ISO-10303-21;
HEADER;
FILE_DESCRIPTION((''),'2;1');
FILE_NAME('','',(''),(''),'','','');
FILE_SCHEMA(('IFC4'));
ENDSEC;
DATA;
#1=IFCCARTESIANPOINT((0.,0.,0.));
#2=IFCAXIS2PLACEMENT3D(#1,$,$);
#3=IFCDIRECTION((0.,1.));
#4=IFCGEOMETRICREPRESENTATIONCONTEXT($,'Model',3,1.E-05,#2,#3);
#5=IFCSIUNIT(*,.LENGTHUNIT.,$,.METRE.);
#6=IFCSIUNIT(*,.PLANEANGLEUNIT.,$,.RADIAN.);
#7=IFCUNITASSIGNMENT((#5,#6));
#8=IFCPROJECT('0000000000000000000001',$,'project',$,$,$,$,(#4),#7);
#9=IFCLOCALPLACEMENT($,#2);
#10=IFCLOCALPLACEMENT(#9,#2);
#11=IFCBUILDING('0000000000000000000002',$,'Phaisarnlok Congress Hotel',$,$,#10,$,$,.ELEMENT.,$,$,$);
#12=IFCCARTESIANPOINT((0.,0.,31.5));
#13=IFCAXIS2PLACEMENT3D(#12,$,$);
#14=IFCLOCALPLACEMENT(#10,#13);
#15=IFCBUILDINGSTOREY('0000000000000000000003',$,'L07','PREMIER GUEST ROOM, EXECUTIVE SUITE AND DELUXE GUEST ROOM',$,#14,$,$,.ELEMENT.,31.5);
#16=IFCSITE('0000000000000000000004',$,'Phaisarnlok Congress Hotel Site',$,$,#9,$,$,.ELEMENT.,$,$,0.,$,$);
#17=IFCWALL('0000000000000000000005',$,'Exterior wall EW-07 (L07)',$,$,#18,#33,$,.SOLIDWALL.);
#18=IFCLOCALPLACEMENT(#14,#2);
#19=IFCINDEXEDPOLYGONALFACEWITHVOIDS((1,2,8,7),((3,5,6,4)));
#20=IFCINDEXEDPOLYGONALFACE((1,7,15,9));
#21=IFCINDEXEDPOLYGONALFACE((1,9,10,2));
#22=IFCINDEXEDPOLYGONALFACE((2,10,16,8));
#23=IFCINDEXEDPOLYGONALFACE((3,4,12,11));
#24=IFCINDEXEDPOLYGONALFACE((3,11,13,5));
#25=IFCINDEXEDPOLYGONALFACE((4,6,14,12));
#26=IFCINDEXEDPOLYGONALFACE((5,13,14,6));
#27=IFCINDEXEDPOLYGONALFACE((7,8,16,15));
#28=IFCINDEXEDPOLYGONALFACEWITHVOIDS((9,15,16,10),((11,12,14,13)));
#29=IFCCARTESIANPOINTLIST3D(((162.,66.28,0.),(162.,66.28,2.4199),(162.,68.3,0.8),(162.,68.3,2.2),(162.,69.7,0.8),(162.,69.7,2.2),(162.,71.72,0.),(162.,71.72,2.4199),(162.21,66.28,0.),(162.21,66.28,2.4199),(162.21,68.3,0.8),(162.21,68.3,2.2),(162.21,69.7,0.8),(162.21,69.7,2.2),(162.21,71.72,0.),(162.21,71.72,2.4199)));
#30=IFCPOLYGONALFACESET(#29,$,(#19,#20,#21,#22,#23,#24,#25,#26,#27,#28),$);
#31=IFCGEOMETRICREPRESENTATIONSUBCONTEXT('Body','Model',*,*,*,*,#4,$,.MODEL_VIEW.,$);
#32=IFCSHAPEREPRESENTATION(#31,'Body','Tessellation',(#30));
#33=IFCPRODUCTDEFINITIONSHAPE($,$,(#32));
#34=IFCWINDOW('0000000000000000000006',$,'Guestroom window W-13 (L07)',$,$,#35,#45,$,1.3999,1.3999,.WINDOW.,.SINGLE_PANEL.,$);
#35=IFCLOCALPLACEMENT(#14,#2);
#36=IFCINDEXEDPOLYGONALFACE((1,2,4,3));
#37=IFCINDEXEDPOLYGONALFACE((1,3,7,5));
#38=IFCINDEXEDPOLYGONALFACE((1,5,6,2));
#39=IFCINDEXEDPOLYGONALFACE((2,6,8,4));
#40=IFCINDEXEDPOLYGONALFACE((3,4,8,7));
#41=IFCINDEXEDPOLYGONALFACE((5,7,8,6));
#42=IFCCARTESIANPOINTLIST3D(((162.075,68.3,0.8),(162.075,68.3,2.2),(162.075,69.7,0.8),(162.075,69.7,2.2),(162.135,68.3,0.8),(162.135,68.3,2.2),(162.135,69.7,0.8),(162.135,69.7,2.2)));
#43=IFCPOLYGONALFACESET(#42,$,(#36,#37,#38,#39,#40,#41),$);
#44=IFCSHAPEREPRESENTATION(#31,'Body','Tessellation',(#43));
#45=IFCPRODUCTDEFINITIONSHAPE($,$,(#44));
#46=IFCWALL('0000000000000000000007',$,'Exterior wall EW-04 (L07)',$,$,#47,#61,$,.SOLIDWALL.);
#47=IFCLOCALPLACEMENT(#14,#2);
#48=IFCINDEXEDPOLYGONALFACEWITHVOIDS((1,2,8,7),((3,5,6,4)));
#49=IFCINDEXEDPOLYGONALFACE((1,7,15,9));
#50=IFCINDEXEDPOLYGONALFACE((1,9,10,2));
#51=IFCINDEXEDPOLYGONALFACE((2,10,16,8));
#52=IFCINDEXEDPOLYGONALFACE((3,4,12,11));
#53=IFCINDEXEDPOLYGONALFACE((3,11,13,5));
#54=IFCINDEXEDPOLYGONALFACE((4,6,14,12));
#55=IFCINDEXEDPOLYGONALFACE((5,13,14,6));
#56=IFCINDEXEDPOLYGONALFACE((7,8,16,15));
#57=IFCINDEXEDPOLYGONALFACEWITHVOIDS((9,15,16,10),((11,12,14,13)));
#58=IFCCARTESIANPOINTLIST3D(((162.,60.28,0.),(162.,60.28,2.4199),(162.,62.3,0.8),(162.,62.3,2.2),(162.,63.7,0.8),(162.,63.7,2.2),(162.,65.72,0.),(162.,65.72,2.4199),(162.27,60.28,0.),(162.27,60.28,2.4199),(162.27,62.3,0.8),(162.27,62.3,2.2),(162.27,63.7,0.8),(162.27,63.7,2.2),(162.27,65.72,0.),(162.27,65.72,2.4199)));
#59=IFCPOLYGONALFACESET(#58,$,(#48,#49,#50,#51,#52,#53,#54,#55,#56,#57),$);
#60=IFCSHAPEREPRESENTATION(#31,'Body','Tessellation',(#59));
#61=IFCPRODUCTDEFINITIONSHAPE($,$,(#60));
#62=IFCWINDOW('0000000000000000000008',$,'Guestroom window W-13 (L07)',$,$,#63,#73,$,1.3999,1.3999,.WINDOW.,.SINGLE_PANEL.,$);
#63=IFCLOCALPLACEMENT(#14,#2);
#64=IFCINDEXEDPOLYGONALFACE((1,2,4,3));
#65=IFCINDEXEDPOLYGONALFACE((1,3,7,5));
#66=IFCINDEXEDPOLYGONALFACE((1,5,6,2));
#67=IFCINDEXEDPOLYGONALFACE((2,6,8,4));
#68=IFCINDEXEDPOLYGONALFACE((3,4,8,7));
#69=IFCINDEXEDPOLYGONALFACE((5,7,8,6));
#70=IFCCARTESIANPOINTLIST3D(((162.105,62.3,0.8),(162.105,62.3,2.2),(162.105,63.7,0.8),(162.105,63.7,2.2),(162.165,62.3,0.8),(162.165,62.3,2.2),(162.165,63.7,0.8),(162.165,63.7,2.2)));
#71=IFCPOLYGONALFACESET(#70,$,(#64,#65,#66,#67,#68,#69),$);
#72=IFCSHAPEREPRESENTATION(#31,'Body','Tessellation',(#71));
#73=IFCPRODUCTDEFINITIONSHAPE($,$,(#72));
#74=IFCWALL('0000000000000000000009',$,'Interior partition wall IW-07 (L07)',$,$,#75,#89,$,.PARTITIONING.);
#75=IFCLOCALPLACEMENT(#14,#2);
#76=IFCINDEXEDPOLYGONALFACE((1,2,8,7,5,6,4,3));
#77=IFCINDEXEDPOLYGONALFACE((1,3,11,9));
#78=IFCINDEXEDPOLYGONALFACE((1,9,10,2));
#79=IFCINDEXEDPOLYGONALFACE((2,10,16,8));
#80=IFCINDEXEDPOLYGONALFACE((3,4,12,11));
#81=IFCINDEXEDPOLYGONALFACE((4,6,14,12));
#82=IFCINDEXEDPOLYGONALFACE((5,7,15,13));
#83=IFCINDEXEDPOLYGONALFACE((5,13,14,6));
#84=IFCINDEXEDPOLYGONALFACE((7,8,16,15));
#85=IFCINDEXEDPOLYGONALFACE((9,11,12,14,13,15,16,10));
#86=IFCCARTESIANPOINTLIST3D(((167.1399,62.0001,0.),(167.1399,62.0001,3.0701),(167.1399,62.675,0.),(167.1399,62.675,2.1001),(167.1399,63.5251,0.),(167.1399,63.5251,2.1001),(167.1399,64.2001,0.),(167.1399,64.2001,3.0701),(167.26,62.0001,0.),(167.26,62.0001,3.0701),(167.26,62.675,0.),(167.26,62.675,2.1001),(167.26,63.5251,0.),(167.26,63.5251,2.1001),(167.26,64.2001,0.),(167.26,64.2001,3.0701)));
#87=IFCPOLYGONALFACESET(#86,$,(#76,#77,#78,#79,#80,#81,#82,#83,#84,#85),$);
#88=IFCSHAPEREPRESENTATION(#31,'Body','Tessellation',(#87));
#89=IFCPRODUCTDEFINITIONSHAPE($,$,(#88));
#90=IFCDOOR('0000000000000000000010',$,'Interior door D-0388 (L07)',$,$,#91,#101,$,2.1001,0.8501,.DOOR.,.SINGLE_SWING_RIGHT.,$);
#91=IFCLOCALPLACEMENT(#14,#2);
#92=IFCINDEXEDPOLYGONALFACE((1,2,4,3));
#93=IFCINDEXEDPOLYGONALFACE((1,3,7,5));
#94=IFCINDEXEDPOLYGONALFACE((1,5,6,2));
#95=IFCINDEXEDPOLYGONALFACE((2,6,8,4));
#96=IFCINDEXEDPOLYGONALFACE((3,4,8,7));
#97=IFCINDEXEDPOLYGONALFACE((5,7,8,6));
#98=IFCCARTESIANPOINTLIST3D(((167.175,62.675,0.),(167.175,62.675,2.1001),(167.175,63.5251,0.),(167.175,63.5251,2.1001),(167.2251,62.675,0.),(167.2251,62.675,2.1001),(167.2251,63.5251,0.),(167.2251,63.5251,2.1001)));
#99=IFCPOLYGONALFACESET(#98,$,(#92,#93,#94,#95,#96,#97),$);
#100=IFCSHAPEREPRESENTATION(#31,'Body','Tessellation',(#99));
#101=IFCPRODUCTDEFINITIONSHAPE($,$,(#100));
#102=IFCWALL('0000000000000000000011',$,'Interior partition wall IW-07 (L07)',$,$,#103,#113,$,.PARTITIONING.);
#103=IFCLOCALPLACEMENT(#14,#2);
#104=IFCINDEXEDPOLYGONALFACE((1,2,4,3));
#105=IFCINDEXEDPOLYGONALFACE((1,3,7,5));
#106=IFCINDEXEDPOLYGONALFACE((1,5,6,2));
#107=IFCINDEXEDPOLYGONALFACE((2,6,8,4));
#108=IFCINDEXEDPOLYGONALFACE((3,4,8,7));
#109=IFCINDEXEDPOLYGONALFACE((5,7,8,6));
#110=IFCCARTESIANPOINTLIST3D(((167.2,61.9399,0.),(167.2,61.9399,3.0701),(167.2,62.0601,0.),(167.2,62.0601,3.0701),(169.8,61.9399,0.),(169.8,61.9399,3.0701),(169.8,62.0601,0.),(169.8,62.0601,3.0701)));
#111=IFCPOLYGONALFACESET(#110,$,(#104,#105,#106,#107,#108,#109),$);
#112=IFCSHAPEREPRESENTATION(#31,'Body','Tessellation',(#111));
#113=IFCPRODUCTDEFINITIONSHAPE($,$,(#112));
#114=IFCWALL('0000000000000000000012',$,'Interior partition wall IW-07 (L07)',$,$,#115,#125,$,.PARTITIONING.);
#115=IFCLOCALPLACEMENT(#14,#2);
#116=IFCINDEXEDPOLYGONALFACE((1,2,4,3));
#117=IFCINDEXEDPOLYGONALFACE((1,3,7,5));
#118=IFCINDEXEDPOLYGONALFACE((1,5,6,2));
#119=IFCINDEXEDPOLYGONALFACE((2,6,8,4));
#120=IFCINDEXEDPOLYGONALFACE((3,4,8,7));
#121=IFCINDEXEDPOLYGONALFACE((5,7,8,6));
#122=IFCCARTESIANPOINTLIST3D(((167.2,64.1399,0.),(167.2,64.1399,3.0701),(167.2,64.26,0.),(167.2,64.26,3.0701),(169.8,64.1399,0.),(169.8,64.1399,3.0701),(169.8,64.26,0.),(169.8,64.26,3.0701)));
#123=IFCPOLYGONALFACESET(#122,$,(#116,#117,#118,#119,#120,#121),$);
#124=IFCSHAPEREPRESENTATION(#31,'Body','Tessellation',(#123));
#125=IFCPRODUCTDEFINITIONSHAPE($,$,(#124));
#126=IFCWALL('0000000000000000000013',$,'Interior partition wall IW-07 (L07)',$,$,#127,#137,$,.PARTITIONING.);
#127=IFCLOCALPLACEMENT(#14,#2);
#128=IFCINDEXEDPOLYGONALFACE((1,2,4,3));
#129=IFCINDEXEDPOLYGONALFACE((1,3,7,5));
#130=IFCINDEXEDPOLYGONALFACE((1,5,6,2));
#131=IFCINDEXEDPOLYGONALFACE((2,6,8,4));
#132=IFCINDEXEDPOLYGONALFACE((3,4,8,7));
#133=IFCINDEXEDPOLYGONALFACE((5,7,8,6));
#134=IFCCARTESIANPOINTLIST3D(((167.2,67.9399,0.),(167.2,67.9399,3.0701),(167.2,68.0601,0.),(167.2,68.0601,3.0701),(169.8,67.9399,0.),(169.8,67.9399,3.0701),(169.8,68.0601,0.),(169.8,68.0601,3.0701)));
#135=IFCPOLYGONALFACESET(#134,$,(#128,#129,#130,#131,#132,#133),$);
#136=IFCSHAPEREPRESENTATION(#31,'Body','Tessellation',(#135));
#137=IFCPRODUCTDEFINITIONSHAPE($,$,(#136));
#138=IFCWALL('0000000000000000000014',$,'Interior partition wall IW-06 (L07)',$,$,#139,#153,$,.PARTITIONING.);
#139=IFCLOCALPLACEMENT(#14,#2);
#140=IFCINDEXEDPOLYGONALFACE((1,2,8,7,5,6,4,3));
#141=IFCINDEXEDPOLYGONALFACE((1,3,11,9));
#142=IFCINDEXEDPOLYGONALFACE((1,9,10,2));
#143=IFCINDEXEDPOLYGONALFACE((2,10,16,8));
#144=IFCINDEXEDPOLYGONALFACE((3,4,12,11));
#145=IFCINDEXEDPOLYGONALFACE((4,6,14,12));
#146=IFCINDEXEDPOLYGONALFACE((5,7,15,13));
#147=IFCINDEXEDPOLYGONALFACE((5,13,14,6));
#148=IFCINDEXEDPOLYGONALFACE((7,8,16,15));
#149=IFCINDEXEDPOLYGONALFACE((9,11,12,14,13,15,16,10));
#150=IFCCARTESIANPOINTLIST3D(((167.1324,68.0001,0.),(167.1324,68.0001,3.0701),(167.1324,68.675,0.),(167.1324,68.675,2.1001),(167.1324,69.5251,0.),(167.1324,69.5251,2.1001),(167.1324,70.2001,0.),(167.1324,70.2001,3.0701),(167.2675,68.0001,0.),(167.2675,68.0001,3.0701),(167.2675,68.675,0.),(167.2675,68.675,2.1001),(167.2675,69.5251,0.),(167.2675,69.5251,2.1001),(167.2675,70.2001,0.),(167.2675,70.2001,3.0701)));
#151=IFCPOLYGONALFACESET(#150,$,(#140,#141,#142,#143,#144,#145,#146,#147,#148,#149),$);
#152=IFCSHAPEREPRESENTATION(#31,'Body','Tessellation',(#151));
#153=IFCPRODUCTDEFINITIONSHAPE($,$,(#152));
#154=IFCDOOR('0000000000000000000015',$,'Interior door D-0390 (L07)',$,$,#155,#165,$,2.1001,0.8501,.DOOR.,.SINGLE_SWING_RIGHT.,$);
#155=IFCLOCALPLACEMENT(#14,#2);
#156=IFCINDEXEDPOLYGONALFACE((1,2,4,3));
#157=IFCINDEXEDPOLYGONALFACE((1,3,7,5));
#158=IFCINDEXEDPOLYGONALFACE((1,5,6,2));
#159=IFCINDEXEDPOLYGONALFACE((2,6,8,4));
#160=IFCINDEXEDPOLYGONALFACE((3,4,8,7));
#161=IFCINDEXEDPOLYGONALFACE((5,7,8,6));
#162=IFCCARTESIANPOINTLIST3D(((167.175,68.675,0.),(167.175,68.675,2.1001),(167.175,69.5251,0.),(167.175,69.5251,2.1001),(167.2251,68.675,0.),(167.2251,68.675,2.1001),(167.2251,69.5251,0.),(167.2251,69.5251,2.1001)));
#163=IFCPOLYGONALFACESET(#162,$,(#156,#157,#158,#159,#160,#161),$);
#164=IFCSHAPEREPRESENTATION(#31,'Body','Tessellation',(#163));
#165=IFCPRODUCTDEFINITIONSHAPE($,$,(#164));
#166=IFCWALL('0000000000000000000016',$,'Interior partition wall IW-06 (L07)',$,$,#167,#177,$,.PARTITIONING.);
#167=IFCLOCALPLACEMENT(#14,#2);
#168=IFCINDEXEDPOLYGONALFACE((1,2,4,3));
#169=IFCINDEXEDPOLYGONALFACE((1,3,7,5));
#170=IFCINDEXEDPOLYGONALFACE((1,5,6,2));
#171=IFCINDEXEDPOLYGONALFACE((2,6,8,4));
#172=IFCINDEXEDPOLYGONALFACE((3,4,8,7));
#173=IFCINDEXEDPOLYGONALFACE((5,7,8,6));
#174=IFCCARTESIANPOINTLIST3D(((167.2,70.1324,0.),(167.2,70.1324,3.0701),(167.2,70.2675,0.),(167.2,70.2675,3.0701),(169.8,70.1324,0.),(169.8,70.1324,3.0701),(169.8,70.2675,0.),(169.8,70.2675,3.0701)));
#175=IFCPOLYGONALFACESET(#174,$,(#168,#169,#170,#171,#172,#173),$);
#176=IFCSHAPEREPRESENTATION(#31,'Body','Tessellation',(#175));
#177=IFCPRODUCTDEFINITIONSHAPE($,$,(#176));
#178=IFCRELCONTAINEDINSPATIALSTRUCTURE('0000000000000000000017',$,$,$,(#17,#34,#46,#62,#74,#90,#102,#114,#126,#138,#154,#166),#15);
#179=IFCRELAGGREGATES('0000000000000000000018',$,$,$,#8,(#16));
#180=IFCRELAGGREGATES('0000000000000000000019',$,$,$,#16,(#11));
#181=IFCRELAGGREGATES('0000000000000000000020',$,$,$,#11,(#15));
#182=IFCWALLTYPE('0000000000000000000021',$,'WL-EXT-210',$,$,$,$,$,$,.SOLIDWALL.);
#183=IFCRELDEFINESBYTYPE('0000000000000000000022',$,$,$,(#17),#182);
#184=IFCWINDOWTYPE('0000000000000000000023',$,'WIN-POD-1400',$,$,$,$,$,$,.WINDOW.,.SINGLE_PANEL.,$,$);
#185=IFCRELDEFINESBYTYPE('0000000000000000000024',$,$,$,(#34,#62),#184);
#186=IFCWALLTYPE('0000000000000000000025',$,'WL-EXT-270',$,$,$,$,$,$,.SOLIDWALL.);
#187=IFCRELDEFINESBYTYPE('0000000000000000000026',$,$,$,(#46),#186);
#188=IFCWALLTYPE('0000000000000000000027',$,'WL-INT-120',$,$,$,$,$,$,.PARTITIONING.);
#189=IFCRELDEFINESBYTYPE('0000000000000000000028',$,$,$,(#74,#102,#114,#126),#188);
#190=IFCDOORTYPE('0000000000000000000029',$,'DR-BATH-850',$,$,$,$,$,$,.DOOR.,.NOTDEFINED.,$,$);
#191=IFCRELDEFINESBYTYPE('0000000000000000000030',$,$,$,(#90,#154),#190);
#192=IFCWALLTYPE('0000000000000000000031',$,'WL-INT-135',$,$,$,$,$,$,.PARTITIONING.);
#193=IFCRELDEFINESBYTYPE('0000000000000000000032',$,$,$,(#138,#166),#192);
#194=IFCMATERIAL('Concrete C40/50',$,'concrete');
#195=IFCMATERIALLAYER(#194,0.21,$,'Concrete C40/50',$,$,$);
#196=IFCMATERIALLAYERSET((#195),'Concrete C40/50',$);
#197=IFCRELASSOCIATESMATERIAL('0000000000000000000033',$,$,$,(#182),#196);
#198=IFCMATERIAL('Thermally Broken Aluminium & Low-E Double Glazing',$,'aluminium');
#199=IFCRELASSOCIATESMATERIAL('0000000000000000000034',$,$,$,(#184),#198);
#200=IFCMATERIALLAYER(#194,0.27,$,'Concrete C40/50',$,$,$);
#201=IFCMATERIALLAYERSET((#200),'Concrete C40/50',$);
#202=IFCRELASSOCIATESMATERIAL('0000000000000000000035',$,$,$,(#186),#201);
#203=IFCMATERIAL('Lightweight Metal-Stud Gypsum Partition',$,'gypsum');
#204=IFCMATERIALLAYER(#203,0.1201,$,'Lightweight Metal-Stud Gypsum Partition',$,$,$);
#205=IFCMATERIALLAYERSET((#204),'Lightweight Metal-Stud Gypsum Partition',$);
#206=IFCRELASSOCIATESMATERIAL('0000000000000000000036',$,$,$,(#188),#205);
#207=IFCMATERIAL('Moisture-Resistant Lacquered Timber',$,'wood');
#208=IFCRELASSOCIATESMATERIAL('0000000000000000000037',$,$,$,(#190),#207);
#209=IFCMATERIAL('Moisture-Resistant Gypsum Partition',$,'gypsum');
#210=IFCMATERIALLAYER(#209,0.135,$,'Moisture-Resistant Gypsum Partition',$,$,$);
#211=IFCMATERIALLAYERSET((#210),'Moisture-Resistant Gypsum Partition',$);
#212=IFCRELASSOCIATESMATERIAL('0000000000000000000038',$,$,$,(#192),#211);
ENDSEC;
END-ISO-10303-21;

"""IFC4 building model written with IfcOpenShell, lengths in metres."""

from ifc_helpers import new_model, si_unit, direction, frame, frame_2d, origin, place, context, subcontext, project, spatial, rectangle, extrude, material, layer, layer_set, type_object, element, fill, save


model = new_model("IFC4")

# Units and contexts
model_context = context("Model", 3, precision=1e-05, world=origin(), true_north=direction((0.0, 1.0)))
body_context = subcontext(model_context, "Body", "Model", "MODEL_VIEW")
ifc_project = project(units=[si_unit("LENGTHUNIT", "METRE"), si_unit("PLANEANGLEUNIT", "RADIAN")], contexts=[model_context])

# Site, building, storey
site_placement = place(None, origin())
site = spatial("IfcSite", under=ifc_project, at=site_placement, Name="Phaisarnlok Congress Hotel Site", CompositionType="ELEMENT", RefElevation=0.0)
building_placement = place(site_placement, origin())
building = spatial("IfcBuilding", under=site, at=building_placement, Name="Phaisarnlok Congress Hotel", CompositionType="ELEMENT")
storey_placement = place(building_placement, frame((0.0, 0.0, 31.5)))
storey = spatial("IfcBuildingStorey", under=building, at=storey_placement, Name="L07", Description="PREMIER GUEST ROOM, EXECUTIVE SUITE AND DELUXE GUEST ROOM", CompositionType="ELEMENT", Elevation=31.5)

# Shared definitions
ifc_material_1 = material(Name="Concrete C40/50", Category="concrete")

# Walls, openings, windows
ifc_layer_1 = layer(ifc_material_1, 0.21, Name="Concrete C40/50")
ifc_layer_set_1 = layer_set([ifc_layer_1], Name="Concrete C40/50")
wall_type_1 = type_object("IfcWallType", Name="WL-EXT-210", PredefinedType="SOLIDWALL", material=ifc_layer_set_1)
wall_1_placement = place(storey_placement, frame((162.105, 71.72, 0.0), z_axis=(0.0, 0.0, 1.0), x_axis=(0.0, -1.0, 0.0)))
wall_1 = element("IfcWall", 1, at=wall_1_placement, inside=storey, type_object=wall_type_1, Name="Exterior wall EW-07 (L07)", PredefinedType="SOLIDWALL", context=body_context, shape_type="SweptSolid", body=[
    extrude(rectangle(XDim=5.4399, YDim=0.21, at=frame_2d((2.72, 0.0))), origin(), (0.0, 0.0, 1.0), 2.4199),
])
opening_1_placement = place(wall_1_placement, frame((2.02, 0.0, 0.8)))
opening_1 = element("IfcOpeningElement", 2, at=opening_1_placement, cuts=wall_1, PredefinedType="OPENING", context=body_context, shape_type="SweptSolid", body=[
    extrude(rectangle(XDim=1.3999, YDim=1.3999, at=frame_2d((0.7, 0.7))), frame((0.0, 0.115, 0.0), z_axis=(0.0, -1.0, 0.0), x_axis=(1.0, 0.0, 0.0)), (0.0, 0.0, 1.0), 0.23),
])
ifc_material_2 = material(Name="Thermally Broken Aluminium & Low-E Double Glazing", Category="aluminium")
window_type = type_object("IfcWindowType", Name="WIN-POD-1400", PartitioningType="SINGLE_PANEL", PredefinedType="WINDOW", material=ifc_material_2)
window_1_placement = place(opening_1_placement, origin())
window_1 = element("IfcWindow", 3, at=window_1_placement, inside=storey, type_object=window_type, Name="Guestroom window W-13 (L07)", OverallHeight=1.3999, OverallWidth=1.3999, PartitioningType="SINGLE_PANEL", PredefinedType="WINDOW", context=body_context, shape_type="SweptSolid", body=[
    extrude(rectangle(XDim=1.3999, YDim=1.3999, at=frame_2d((0.7, 0.7))), frame((0.0, 0.03, 0.0), z_axis=(0.0, -1.0, 0.0), x_axis=(1.0, 0.0, 0.0)), (0.0, 0.0, 1.0), 0.0601),
])
fill(opening_1, window_1)
ifc_layer_2 = layer(ifc_material_1, 0.27, Name="Concrete C40/50")
ifc_layer_set_2 = layer_set([ifc_layer_2], Name="Concrete C40/50")
wall_type_2 = type_object("IfcWallType", Name="WL-EXT-270", PredefinedType="SOLIDWALL", material=ifc_layer_set_2)
wall_2_placement = place(storey_placement, frame((162.135, 65.72, 0.0), z_axis=(0.0, 0.0, 1.0), x_axis=(0.0, -1.0, 0.0)))
wall_2 = element("IfcWall", 4, at=wall_2_placement, inside=storey, type_object=wall_type_2, Name="Exterior wall EW-04 (L07)", PredefinedType="SOLIDWALL", context=body_context, shape_type="SweptSolid", body=[
    extrude(rectangle(XDim=5.4399, YDim=0.27, at=frame_2d((2.72, 0.0))), origin(), (0.0, 0.0, 1.0), 2.4199),
])
opening_2_placement = place(wall_2_placement, frame((2.02, 0.0, 0.8)))
opening_2 = element("IfcOpeningElement", 5, at=opening_2_placement, cuts=wall_2, PredefinedType="OPENING", context=body_context, shape_type="SweptSolid", body=[
    extrude(rectangle(XDim=1.3999, YDim=1.3999, at=frame_2d((0.7, 0.7))), frame((0.0, 0.145, 0.0), z_axis=(0.0, -1.0, 0.0), x_axis=(1.0, 0.0, 0.0)), (0.0, 0.0, 1.0), 0.29),
])
window_2_placement = place(opening_2_placement, origin())
window_2 = element("IfcWindow", 6, at=window_2_placement, inside=storey, type_object=window_type, Name="Guestroom window W-13 (L07)", OverallHeight=1.3999, OverallWidth=1.3999, PartitioningType="SINGLE_PANEL", PredefinedType="WINDOW", context=body_context, shape_type="SweptSolid", body=[
    extrude(rectangle(XDim=1.3999, YDim=1.3999, at=frame_2d((0.7, 0.7))), frame((0.0, 0.03, 0.0), z_axis=(0.0, -1.0, 0.0), x_axis=(1.0, 0.0, 0.0)), (0.0, 0.0, 1.0), 0.0601),
])
fill(opening_2, window_2)

# Wall, opening, door
ifc_material_3 = material(Name="Lightweight Metal-Stud Gypsum Partition", Category="gypsum")
ifc_layer_3 = layer(ifc_material_3, 0.1201, Name="Lightweight Metal-Stud Gypsum Partition")
ifc_layer_set_3 = layer_set([ifc_layer_3], Name="Lightweight Metal-Stud Gypsum Partition")
wall_type_3 = type_object("IfcWallType", Name="WL-INT-120", PredefinedType="PARTITIONING", material=ifc_layer_set_3)
wall_3_placement = place(storey_placement, frame((167.2, 62.0, 0.0), z_axis=(0.0, 0.0, 1.0), x_axis=(0.0, 1.0, 0.0)))
wall_3 = element("IfcWall", 7, at=wall_3_placement, inside=storey, type_object=wall_type_3, Name="Interior partition wall IW-07 (L07)", PredefinedType="PARTITIONING", context=body_context, shape_type="SweptSolid", body=[
    extrude(rectangle(XDim=2.2, YDim=0.1201, at=frame_2d((1.1001, 0.0))), origin(), (0.0, 0.0, 1.0), 3.0701),
])
opening_3_placement = place(wall_3_placement, frame((0.675, 0.0, 0.0)))
opening_3 = element("IfcOpeningElement", 8, at=opening_3_placement, cuts=wall_3, PredefinedType="OPENING", context=body_context, shape_type="SweptSolid", body=[
    extrude(rectangle(XDim=0.8501, YDim=2.1001, at=frame_2d((0.425, 1.05))), frame((0.0, 0.0701, 0.0), z_axis=(0.0, -1.0, 0.0), x_axis=(1.0, 0.0, 0.0)), (0.0, 0.0, 1.0), 0.1401),
])
ifc_material_4 = material(Name="Moisture-Resistant Lacquered Timber", Category="wood")
door_type = type_object("IfcDoorType", Name="DR-BATH-850", OperationType="NOTDEFINED", PredefinedType="DOOR", material=ifc_material_4)
door_1_placement = place(opening_3_placement, origin())
door_1 = element("IfcDoor", 9, at=door_1_placement, inside=storey, type_object=door_type, Name="Interior door D-0388 (L07)", OperationType="SINGLE_SWING_RIGHT", OverallHeight=2.1001, OverallWidth=0.8501, PredefinedType="DOOR", context=body_context, shape_type="SweptSolid", body=[
    extrude(rectangle(XDim=0.8501, YDim=2.1001, at=frame_2d((0.425, 1.05))), frame((0.0, 0.0249, 0.0), z_axis=(0.0, -1.0, 0.0), x_axis=(1.0, 0.0, 0.0)), (0.0, 0.0, 1.0), 0.05),
])
fill(opening_3, door_1)

# Walls
for number, where, z_axis, x_axis, name in (
    (10, (167.2, 62.0, 0.0), (0.0, 0.0, 1.0), (1.0, 0.0, 0.0), "Interior partition wall IW-07 (L07)"),
    (11, (167.2, 64.2, 0.0), (0.0, 0.0, 1.0), (1.0, 0.0, 0.0), "Interior partition wall IW-07 (L07)"),
    (12, (167.2, 68.0, 0.0), (0.0, 0.0, 1.0), (1.0, 0.0, 0.0), "Interior partition wall IW-07 (L07)"),
):
    element("IfcWall", number, at=place(storey_placement, frame(where, z_axis=z_axis, x_axis=x_axis)), inside=storey, type_object=wall_type_3, Name=name, PredefinedType="PARTITIONING", context=body_context, shape_type="SweptSolid", body=[
        extrude(rectangle(XDim=2.6001, YDim=0.1201, at=frame_2d((1.3, 0.0))), origin(), (0.0, 0.0, 1.0), 3.0701),
    ])

# Wall, opening, door
ifc_material_5 = material(Name="Moisture-Resistant Gypsum Partition", Category="gypsum")
ifc_layer_4 = layer(ifc_material_5, 0.135, Name="Moisture-Resistant Gypsum Partition")
ifc_layer_set_4 = layer_set([ifc_layer_4], Name="Moisture-Resistant Gypsum Partition")
wall_type_4 = type_object("IfcWallType", Name="WL-INT-135", PredefinedType="PARTITIONING", material=ifc_layer_set_4)
wall_4_placement = place(storey_placement, frame((167.2, 68.0, 0.0), z_axis=(0.0, 0.0, 1.0), x_axis=(0.0, 1.0, 0.0)))
wall_4 = element("IfcWall", 13, at=wall_4_placement, inside=storey, type_object=wall_type_4, Name="Interior partition wall IW-06 (L07)", PredefinedType="PARTITIONING", context=body_context, shape_type="SweptSolid", body=[
    extrude(rectangle(XDim=2.2, YDim=0.135, at=frame_2d((1.1001, 0.0))), origin(), (0.0, 0.0, 1.0), 3.0701),
])
opening_4_placement = place(wall_4_placement, frame((0.675, 0.0, 0.0)))
opening_4 = element("IfcOpeningElement", 14, at=opening_4_placement, cuts=wall_4, PredefinedType="OPENING", context=body_context, shape_type="SweptSolid", body=[
    extrude(rectangle(XDim=0.8501, YDim=2.1001, at=frame_2d((0.425, 1.05))), frame((0.0, 0.0776, 0.0), z_axis=(0.0, -1.0, 0.0), x_axis=(1.0, 0.0, 0.0)), (0.0, 0.0, 1.0), 0.155),
])
door_2_placement = place(opening_4_placement, origin())
door_2 = element("IfcDoor", 15, at=door_2_placement, inside=storey, type_object=door_type, Name="Interior door D-0390 (L07)", OperationType="SINGLE_SWING_RIGHT", OverallHeight=2.1001, OverallWidth=0.8501, PredefinedType="DOOR", context=body_context, shape_type="SweptSolid", body=[
    extrude(rectangle(XDim=0.8501, YDim=2.1001, at=frame_2d((0.425, 1.05))), frame((0.0, 0.0249, 0.0), z_axis=(0.0, -1.0, 0.0), x_axis=(1.0, 0.0, 0.0)), (0.0, 0.0, 1.0), 0.05),
])
fill(opening_4, door_2)

# Wall
wall_5_placement = place(storey_placement, frame((167.2, 70.2, 0.0), z_axis=(0.0, 0.0, 1.0), x_axis=(1.0, 0.0, 0.0)))
element("IfcWall", 16, at=wall_5_placement, inside=storey, type_object=wall_type_4, Name="Interior partition wall IW-06 (L07)", PredefinedType="PARTITIONING", context=body_context, shape_type="SweptSolid", body=[
    extrude(rectangle(XDim=2.6001, YDim=0.135, at=frame_2d((1.3, 0.0))), origin(), (0.0, 0.0, 1.0), 3.0701),
])

save(model, "model.ifc")
